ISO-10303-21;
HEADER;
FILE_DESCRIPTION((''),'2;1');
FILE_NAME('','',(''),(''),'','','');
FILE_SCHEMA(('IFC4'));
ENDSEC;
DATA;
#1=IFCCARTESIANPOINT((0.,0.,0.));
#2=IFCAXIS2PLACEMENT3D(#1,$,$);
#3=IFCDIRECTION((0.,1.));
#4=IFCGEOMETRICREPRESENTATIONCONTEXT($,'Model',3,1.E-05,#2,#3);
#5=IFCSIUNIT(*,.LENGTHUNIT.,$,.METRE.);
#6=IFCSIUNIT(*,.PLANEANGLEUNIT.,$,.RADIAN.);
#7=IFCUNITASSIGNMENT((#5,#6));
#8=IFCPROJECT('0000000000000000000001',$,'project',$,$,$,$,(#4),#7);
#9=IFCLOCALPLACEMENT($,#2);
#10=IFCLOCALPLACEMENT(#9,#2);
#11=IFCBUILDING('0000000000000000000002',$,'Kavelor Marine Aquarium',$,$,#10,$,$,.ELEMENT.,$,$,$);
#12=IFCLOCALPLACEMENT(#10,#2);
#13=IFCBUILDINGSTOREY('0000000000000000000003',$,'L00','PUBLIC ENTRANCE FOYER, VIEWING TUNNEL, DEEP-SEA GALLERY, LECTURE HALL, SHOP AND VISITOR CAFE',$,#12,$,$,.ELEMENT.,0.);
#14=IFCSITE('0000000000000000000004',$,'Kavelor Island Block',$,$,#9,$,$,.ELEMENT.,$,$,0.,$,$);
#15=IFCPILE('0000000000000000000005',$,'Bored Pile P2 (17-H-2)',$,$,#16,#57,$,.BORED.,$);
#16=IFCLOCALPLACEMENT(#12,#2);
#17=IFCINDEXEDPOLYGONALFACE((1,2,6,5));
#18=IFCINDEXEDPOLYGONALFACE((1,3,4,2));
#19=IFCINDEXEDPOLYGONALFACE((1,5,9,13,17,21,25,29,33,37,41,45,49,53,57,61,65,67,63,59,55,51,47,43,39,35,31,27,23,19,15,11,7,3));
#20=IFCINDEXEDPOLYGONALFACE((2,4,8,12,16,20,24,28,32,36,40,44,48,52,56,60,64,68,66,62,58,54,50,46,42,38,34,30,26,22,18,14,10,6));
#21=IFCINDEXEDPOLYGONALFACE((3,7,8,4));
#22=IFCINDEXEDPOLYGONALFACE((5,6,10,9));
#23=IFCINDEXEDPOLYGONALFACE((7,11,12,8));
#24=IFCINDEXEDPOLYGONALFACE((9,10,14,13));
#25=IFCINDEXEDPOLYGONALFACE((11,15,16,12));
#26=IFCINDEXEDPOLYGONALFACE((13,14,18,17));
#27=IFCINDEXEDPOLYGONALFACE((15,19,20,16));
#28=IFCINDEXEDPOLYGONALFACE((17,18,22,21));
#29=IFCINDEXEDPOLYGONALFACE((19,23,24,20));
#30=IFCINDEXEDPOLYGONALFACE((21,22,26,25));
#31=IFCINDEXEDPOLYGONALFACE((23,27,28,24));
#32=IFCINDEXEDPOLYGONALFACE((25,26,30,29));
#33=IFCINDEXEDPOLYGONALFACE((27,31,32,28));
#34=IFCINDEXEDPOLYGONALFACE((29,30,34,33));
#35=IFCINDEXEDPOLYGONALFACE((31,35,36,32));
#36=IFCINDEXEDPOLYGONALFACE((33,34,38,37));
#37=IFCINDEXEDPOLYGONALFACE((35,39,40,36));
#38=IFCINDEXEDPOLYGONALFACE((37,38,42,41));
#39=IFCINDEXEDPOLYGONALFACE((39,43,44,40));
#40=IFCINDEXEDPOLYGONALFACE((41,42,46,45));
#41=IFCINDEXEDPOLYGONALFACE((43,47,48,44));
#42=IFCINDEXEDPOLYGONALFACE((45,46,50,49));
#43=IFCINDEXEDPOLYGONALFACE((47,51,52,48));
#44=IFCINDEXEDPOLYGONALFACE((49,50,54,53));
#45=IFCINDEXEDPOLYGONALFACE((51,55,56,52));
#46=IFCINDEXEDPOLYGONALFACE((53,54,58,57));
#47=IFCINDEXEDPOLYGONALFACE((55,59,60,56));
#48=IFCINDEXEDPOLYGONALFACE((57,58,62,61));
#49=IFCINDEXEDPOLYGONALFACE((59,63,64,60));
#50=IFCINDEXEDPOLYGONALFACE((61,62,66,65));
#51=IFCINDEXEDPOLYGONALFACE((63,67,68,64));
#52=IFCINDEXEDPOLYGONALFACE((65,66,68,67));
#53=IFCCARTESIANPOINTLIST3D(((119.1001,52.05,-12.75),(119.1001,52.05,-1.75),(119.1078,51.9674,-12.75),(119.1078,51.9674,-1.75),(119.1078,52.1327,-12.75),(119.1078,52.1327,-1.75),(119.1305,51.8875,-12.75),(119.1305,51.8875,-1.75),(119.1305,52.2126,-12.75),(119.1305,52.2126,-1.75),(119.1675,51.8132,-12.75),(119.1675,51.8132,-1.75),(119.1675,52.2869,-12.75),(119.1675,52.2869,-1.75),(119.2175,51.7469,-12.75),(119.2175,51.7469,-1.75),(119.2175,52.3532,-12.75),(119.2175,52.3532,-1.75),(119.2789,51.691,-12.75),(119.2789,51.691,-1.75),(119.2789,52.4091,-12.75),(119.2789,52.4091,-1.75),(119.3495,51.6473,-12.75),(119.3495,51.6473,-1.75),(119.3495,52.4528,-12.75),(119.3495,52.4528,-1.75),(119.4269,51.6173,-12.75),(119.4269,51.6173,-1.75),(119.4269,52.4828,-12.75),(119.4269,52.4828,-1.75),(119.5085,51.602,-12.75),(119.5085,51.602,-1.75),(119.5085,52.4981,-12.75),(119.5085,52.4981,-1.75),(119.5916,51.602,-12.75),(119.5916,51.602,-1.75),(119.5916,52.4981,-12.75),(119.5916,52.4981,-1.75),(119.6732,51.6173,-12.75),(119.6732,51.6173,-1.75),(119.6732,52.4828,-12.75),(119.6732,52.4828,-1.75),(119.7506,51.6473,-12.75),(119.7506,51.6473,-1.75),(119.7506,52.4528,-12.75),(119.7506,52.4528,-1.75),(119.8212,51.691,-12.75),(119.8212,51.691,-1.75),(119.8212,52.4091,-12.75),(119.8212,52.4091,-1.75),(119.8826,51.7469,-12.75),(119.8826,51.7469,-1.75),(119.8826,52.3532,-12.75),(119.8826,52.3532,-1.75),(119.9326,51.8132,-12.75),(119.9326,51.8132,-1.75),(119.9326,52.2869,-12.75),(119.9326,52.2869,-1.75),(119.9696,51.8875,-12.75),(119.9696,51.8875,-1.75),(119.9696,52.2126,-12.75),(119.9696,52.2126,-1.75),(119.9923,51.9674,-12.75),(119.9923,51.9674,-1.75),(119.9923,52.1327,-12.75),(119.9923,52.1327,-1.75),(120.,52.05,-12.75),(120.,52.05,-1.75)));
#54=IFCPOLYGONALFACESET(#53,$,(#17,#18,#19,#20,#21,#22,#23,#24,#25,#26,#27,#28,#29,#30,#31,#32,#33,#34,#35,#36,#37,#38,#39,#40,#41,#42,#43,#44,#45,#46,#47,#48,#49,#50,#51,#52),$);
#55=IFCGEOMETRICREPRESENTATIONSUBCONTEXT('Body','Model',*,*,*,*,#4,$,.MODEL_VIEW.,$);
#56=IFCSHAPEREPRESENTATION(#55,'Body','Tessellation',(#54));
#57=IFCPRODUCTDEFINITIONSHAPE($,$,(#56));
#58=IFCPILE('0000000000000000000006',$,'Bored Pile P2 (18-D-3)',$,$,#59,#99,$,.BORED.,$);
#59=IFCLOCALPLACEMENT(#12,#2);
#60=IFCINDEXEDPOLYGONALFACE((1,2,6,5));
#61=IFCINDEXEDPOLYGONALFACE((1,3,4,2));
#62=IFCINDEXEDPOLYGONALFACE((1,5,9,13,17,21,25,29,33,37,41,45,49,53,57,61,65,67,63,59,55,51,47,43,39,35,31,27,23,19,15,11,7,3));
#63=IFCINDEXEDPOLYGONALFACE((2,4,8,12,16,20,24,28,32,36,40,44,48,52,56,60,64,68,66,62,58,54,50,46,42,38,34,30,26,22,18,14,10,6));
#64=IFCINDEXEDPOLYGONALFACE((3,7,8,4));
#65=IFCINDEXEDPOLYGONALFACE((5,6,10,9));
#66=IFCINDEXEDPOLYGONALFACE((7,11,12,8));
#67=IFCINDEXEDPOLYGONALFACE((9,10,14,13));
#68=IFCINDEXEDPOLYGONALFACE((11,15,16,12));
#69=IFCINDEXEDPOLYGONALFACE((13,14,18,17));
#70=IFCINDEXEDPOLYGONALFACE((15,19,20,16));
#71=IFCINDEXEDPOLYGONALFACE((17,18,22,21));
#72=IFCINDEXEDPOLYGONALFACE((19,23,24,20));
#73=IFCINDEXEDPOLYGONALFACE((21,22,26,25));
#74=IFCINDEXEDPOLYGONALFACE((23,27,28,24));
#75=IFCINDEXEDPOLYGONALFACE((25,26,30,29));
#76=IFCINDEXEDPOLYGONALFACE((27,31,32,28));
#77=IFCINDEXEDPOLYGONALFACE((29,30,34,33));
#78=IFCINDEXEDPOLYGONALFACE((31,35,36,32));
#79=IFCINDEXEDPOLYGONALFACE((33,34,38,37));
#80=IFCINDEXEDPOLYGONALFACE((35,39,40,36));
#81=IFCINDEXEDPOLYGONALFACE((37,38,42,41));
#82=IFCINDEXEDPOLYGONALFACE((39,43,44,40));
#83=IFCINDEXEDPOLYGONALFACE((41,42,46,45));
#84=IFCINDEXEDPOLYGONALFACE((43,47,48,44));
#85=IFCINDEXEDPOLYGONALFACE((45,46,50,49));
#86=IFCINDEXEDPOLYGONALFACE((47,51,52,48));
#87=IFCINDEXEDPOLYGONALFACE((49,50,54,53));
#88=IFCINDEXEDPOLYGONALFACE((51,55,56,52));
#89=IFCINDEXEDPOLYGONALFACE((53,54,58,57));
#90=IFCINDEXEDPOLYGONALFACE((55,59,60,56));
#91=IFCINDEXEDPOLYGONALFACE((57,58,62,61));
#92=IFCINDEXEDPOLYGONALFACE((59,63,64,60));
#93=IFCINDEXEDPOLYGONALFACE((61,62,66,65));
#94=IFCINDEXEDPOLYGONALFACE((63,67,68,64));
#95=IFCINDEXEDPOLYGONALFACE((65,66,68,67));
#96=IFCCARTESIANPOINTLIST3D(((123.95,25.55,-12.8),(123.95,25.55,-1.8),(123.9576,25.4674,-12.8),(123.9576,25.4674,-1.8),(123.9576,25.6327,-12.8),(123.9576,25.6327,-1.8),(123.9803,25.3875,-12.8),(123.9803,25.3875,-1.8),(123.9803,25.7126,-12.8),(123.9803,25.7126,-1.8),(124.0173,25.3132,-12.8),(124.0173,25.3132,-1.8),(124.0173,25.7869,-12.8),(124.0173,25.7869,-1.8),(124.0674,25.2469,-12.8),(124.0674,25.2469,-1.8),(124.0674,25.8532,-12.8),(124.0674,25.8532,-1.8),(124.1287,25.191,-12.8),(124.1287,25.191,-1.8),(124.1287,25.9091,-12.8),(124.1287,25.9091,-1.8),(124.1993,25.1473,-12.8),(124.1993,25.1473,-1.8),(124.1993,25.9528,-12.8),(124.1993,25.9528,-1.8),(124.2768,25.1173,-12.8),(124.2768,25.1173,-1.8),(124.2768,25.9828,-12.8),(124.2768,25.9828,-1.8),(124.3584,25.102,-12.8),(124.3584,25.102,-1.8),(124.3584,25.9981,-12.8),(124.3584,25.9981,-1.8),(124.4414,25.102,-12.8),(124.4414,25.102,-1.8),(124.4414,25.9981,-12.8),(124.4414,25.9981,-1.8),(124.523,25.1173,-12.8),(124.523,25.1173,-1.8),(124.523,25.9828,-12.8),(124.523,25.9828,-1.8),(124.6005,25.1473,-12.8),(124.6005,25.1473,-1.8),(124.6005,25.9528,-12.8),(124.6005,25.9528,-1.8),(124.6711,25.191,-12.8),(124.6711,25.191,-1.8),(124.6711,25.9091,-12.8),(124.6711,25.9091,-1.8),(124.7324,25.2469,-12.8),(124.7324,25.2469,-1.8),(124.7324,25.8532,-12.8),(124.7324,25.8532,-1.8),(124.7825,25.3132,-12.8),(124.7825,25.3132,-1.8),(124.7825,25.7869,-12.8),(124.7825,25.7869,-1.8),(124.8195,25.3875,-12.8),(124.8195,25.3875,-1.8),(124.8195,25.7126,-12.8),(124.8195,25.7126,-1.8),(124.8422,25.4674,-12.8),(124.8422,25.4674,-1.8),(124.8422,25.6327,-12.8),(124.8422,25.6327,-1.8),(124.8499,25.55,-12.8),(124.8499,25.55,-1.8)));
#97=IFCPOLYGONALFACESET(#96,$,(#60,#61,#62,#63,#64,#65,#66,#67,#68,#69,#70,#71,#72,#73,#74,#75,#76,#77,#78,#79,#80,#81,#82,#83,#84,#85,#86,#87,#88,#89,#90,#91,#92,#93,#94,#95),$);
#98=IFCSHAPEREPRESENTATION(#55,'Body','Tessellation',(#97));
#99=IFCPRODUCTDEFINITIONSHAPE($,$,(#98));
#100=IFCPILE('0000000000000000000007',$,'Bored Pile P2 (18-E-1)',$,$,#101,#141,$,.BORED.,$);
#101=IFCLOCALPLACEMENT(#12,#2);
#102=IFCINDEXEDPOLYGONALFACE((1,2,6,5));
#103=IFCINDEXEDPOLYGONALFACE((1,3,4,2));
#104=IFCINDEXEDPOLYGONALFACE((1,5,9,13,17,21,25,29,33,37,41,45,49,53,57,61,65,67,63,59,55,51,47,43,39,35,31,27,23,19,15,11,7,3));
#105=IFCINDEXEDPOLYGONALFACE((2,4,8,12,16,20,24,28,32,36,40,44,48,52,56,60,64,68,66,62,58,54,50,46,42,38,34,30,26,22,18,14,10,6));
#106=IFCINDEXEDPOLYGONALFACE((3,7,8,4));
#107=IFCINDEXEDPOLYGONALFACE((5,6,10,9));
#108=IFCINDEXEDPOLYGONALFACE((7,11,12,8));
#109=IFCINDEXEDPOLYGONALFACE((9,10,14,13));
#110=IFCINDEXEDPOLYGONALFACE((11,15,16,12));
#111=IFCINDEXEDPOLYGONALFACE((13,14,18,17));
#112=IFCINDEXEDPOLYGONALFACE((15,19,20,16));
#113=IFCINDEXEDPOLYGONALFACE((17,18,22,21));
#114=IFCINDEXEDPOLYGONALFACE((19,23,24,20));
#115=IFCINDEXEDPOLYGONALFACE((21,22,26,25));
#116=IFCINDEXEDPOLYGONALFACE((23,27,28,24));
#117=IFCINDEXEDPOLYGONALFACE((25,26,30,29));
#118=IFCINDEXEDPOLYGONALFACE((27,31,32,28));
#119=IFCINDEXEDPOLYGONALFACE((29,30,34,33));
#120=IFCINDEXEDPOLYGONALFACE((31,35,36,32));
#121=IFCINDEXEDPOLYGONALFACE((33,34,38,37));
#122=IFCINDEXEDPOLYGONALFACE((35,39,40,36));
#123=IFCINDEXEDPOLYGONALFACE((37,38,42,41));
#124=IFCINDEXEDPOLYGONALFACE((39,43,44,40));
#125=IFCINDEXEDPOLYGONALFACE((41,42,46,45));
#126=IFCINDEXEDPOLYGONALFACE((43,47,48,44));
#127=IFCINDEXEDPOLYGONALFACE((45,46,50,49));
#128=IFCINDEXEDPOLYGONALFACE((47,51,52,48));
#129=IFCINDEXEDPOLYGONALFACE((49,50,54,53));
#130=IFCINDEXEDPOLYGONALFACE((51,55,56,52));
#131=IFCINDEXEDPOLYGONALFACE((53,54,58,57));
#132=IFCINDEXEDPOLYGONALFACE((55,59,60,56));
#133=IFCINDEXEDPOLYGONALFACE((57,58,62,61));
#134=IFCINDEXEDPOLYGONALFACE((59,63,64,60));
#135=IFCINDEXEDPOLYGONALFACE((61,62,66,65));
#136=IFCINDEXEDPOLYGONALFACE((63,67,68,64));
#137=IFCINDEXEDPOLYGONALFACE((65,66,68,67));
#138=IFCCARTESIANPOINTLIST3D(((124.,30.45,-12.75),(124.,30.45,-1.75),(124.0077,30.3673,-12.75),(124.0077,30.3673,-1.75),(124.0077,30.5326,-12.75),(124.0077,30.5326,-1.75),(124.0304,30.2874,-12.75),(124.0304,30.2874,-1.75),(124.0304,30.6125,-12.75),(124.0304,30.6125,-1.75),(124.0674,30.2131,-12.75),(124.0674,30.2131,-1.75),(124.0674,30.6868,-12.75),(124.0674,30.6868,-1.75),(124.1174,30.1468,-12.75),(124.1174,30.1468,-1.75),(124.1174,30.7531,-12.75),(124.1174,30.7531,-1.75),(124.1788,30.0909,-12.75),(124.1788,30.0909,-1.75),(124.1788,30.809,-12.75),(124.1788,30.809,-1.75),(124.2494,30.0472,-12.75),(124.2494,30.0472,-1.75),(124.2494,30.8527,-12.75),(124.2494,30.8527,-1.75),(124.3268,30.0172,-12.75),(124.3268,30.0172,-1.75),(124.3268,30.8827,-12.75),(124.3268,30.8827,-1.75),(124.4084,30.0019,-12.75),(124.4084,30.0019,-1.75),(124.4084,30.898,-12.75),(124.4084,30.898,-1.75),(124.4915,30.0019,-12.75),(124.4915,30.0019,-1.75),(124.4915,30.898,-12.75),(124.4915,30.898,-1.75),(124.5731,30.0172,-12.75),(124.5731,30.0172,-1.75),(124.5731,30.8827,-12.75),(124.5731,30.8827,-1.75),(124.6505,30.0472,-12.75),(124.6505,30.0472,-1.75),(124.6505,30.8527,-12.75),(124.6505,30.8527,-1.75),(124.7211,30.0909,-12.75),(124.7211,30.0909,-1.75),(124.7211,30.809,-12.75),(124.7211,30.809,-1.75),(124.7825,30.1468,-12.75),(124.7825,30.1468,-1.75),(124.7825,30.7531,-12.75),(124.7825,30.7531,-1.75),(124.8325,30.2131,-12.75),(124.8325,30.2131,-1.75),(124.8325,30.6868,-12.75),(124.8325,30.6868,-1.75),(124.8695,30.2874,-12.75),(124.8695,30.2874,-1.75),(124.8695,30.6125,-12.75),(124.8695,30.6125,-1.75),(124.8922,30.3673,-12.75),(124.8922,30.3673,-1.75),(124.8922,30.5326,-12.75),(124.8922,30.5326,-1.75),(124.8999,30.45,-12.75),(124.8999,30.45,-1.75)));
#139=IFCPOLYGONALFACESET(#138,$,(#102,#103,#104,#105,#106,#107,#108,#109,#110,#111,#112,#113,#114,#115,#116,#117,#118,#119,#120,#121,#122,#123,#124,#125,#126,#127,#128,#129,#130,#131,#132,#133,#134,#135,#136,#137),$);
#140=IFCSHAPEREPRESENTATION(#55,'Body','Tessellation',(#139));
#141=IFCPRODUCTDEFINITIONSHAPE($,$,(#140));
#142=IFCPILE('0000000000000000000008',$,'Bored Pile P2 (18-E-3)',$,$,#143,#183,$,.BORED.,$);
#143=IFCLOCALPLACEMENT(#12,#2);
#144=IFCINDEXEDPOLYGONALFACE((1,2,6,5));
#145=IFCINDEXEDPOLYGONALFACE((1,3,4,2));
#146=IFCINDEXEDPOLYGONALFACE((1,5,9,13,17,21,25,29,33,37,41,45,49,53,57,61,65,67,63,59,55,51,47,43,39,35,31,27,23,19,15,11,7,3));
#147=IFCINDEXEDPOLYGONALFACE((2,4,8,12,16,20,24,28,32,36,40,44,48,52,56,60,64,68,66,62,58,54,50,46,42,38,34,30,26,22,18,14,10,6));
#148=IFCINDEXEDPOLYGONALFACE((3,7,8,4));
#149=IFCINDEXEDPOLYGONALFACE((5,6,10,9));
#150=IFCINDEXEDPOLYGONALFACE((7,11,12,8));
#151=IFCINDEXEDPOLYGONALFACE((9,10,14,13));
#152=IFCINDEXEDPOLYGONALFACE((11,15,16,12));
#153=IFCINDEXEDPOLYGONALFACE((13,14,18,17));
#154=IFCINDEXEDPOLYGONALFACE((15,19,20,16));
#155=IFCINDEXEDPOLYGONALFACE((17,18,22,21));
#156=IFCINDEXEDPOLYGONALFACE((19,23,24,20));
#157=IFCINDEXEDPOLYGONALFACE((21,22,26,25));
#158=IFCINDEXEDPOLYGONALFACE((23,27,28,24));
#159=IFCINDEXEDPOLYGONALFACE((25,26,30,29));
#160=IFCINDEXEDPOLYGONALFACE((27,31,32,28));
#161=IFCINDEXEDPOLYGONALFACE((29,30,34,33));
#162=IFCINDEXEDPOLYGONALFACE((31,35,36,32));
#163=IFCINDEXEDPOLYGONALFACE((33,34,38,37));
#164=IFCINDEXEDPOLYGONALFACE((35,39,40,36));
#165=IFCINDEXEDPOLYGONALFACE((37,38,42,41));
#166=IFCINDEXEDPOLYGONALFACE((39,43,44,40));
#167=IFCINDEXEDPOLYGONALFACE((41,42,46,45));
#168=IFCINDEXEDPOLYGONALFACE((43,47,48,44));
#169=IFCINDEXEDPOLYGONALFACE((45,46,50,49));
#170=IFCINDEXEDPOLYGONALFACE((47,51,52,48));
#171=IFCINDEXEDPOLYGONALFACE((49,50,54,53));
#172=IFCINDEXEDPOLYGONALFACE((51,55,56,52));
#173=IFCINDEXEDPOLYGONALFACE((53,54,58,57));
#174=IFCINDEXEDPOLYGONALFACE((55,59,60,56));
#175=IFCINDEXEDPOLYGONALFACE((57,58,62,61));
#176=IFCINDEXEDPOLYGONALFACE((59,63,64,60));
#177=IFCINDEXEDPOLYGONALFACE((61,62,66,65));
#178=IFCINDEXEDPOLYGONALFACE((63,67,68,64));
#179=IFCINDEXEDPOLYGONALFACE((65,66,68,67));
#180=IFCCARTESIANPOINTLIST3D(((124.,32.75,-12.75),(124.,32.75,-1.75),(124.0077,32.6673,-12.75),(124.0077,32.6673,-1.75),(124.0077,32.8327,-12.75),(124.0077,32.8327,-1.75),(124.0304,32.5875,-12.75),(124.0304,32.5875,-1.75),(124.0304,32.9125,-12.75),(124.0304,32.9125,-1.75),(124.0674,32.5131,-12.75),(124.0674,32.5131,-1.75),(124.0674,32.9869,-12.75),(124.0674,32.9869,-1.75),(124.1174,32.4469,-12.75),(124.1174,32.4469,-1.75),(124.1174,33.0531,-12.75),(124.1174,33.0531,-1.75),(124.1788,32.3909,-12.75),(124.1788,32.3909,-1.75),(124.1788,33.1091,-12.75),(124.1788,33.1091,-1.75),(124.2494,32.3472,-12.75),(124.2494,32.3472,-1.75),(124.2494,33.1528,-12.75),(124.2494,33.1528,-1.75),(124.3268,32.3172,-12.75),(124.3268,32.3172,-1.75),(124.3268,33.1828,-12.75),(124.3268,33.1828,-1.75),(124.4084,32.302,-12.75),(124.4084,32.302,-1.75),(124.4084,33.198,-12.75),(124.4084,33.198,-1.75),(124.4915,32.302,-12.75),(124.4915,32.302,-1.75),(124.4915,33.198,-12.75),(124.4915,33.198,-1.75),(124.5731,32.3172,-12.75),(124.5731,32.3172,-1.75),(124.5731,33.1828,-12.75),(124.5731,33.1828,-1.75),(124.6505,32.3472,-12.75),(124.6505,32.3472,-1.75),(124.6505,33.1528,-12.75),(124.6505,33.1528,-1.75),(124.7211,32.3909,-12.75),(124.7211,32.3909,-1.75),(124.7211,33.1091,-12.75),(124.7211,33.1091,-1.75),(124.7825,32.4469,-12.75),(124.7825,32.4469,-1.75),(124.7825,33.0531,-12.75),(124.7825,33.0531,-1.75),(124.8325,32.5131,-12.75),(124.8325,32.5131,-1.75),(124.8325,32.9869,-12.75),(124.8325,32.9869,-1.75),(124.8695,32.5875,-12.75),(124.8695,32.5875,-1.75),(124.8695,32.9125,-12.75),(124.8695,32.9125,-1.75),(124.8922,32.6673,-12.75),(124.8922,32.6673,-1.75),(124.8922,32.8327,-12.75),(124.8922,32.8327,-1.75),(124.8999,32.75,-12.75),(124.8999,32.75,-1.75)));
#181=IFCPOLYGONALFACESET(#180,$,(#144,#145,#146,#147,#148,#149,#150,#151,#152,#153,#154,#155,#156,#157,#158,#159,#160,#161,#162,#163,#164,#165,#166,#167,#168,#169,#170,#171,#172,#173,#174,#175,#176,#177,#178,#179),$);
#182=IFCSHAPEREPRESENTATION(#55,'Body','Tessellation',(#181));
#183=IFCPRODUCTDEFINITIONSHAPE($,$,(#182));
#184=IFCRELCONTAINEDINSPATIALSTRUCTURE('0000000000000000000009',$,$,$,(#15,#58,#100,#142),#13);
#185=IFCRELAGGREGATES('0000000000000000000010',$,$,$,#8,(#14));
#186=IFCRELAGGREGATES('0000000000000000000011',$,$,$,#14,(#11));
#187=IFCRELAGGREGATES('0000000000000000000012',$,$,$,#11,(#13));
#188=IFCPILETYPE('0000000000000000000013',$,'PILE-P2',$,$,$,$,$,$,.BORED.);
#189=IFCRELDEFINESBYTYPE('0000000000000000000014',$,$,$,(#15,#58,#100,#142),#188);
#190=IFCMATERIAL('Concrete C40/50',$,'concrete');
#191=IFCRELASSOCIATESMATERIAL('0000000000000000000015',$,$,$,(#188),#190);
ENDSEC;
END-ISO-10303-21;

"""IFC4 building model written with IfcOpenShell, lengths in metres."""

from ifc_helpers import new_model, si_unit, direction, frame, origin, origin_2d, place, context, subcontext, project, spatial, circle, extrude, material, material_profile, profile_set, type_object, element, save


model = new_model("IFC4")

# Units and contexts
model_context = context("Model", 3, precision=1e-05, world=origin(), true_north=direction((0.0, 1.0)))
body_context = subcontext(model_context, "Body", "Model", "MODEL_VIEW")
ifc_project = project(units=[si_unit("LENGTHUNIT", "METRE"), si_unit("PLANEANGLEUNIT", "RADIAN")], contexts=[model_context])

# Site, building, storey
site_placement = place(None, origin())
site = spatial("IfcSite", under=ifc_project, at=site_placement, Name="Kavelor Island Block", CompositionType="ELEMENT", RefElevation=0.0)
building_placement = place(site_placement, origin())
building = spatial("IfcBuilding", under=site, at=building_placement, Name="Kavelor Marine Aquarium", CompositionType="ELEMENT")
storey_placement = place(building_placement, origin())
storey = spatial("IfcBuildingStorey", under=building, at=storey_placement, Name="L00", Description="PUBLIC ENTRANCE FOYER, VIEWING TUNNEL, DEEP-SEA GALLERY, LECTURE HALL, SHOP AND VISITOR CAFE", CompositionType="ELEMENT", Elevation=0.0)

# Piles
ifc_material_1 = material(Name="Concrete C40/50", Category="concrete")
ifc_material_profile_1 = material_profile(ifc_material_1, circle(Radius=0.45, at=origin_2d()), Name="PILE D900")
ifc_profile_set_1 = profile_set([ifc_material_profile_1], Name="Concrete C40/50")
pile_type_1 = type_object("IfcPileType", Name="PILE-P2", PredefinedType="BORED", material=ifc_profile_set_1)
for number, where, z_axis, x_axis, name in (
    (1, (119.55, 52.05, -1.75), (0.0, 0.0, -1.0), (1.0, 0.0, 0.0), "Bored Pile P2 (17-H-2)"),
    (2, (124.3999, 25.55, -1.8), (0.0, 0.0, -1.0), (1.0, 0.0, 0.0), "Bored Pile P2 (18-D-3)"),
    (3, (124.45, 30.45, -1.75), (0.0, 0.0, -1.0), (1.0, 0.0, 0.0), "Bored Pile P2 (18-E-1)"),
    (4, (124.45, 32.75, -1.75), (0.0, 0.0, -1.0), (1.0, 0.0, 0.0), "Bored Pile P2 (18-E-3)"),
):
    element("IfcPile", number, at=place(storey_placement, frame(where, z_axis=z_axis, x_axis=x_axis)), inside=storey, type_object=pile_type_1, Name=name, PredefinedType="BORED", context=body_context, shape_type="SweptSolid", body=[
        extrude(circle(Radius=0.45, at=origin_2d()), origin(), (0.0, 0.0, 1.0), 11.0),
    ])

save(model, "model.ifc")
